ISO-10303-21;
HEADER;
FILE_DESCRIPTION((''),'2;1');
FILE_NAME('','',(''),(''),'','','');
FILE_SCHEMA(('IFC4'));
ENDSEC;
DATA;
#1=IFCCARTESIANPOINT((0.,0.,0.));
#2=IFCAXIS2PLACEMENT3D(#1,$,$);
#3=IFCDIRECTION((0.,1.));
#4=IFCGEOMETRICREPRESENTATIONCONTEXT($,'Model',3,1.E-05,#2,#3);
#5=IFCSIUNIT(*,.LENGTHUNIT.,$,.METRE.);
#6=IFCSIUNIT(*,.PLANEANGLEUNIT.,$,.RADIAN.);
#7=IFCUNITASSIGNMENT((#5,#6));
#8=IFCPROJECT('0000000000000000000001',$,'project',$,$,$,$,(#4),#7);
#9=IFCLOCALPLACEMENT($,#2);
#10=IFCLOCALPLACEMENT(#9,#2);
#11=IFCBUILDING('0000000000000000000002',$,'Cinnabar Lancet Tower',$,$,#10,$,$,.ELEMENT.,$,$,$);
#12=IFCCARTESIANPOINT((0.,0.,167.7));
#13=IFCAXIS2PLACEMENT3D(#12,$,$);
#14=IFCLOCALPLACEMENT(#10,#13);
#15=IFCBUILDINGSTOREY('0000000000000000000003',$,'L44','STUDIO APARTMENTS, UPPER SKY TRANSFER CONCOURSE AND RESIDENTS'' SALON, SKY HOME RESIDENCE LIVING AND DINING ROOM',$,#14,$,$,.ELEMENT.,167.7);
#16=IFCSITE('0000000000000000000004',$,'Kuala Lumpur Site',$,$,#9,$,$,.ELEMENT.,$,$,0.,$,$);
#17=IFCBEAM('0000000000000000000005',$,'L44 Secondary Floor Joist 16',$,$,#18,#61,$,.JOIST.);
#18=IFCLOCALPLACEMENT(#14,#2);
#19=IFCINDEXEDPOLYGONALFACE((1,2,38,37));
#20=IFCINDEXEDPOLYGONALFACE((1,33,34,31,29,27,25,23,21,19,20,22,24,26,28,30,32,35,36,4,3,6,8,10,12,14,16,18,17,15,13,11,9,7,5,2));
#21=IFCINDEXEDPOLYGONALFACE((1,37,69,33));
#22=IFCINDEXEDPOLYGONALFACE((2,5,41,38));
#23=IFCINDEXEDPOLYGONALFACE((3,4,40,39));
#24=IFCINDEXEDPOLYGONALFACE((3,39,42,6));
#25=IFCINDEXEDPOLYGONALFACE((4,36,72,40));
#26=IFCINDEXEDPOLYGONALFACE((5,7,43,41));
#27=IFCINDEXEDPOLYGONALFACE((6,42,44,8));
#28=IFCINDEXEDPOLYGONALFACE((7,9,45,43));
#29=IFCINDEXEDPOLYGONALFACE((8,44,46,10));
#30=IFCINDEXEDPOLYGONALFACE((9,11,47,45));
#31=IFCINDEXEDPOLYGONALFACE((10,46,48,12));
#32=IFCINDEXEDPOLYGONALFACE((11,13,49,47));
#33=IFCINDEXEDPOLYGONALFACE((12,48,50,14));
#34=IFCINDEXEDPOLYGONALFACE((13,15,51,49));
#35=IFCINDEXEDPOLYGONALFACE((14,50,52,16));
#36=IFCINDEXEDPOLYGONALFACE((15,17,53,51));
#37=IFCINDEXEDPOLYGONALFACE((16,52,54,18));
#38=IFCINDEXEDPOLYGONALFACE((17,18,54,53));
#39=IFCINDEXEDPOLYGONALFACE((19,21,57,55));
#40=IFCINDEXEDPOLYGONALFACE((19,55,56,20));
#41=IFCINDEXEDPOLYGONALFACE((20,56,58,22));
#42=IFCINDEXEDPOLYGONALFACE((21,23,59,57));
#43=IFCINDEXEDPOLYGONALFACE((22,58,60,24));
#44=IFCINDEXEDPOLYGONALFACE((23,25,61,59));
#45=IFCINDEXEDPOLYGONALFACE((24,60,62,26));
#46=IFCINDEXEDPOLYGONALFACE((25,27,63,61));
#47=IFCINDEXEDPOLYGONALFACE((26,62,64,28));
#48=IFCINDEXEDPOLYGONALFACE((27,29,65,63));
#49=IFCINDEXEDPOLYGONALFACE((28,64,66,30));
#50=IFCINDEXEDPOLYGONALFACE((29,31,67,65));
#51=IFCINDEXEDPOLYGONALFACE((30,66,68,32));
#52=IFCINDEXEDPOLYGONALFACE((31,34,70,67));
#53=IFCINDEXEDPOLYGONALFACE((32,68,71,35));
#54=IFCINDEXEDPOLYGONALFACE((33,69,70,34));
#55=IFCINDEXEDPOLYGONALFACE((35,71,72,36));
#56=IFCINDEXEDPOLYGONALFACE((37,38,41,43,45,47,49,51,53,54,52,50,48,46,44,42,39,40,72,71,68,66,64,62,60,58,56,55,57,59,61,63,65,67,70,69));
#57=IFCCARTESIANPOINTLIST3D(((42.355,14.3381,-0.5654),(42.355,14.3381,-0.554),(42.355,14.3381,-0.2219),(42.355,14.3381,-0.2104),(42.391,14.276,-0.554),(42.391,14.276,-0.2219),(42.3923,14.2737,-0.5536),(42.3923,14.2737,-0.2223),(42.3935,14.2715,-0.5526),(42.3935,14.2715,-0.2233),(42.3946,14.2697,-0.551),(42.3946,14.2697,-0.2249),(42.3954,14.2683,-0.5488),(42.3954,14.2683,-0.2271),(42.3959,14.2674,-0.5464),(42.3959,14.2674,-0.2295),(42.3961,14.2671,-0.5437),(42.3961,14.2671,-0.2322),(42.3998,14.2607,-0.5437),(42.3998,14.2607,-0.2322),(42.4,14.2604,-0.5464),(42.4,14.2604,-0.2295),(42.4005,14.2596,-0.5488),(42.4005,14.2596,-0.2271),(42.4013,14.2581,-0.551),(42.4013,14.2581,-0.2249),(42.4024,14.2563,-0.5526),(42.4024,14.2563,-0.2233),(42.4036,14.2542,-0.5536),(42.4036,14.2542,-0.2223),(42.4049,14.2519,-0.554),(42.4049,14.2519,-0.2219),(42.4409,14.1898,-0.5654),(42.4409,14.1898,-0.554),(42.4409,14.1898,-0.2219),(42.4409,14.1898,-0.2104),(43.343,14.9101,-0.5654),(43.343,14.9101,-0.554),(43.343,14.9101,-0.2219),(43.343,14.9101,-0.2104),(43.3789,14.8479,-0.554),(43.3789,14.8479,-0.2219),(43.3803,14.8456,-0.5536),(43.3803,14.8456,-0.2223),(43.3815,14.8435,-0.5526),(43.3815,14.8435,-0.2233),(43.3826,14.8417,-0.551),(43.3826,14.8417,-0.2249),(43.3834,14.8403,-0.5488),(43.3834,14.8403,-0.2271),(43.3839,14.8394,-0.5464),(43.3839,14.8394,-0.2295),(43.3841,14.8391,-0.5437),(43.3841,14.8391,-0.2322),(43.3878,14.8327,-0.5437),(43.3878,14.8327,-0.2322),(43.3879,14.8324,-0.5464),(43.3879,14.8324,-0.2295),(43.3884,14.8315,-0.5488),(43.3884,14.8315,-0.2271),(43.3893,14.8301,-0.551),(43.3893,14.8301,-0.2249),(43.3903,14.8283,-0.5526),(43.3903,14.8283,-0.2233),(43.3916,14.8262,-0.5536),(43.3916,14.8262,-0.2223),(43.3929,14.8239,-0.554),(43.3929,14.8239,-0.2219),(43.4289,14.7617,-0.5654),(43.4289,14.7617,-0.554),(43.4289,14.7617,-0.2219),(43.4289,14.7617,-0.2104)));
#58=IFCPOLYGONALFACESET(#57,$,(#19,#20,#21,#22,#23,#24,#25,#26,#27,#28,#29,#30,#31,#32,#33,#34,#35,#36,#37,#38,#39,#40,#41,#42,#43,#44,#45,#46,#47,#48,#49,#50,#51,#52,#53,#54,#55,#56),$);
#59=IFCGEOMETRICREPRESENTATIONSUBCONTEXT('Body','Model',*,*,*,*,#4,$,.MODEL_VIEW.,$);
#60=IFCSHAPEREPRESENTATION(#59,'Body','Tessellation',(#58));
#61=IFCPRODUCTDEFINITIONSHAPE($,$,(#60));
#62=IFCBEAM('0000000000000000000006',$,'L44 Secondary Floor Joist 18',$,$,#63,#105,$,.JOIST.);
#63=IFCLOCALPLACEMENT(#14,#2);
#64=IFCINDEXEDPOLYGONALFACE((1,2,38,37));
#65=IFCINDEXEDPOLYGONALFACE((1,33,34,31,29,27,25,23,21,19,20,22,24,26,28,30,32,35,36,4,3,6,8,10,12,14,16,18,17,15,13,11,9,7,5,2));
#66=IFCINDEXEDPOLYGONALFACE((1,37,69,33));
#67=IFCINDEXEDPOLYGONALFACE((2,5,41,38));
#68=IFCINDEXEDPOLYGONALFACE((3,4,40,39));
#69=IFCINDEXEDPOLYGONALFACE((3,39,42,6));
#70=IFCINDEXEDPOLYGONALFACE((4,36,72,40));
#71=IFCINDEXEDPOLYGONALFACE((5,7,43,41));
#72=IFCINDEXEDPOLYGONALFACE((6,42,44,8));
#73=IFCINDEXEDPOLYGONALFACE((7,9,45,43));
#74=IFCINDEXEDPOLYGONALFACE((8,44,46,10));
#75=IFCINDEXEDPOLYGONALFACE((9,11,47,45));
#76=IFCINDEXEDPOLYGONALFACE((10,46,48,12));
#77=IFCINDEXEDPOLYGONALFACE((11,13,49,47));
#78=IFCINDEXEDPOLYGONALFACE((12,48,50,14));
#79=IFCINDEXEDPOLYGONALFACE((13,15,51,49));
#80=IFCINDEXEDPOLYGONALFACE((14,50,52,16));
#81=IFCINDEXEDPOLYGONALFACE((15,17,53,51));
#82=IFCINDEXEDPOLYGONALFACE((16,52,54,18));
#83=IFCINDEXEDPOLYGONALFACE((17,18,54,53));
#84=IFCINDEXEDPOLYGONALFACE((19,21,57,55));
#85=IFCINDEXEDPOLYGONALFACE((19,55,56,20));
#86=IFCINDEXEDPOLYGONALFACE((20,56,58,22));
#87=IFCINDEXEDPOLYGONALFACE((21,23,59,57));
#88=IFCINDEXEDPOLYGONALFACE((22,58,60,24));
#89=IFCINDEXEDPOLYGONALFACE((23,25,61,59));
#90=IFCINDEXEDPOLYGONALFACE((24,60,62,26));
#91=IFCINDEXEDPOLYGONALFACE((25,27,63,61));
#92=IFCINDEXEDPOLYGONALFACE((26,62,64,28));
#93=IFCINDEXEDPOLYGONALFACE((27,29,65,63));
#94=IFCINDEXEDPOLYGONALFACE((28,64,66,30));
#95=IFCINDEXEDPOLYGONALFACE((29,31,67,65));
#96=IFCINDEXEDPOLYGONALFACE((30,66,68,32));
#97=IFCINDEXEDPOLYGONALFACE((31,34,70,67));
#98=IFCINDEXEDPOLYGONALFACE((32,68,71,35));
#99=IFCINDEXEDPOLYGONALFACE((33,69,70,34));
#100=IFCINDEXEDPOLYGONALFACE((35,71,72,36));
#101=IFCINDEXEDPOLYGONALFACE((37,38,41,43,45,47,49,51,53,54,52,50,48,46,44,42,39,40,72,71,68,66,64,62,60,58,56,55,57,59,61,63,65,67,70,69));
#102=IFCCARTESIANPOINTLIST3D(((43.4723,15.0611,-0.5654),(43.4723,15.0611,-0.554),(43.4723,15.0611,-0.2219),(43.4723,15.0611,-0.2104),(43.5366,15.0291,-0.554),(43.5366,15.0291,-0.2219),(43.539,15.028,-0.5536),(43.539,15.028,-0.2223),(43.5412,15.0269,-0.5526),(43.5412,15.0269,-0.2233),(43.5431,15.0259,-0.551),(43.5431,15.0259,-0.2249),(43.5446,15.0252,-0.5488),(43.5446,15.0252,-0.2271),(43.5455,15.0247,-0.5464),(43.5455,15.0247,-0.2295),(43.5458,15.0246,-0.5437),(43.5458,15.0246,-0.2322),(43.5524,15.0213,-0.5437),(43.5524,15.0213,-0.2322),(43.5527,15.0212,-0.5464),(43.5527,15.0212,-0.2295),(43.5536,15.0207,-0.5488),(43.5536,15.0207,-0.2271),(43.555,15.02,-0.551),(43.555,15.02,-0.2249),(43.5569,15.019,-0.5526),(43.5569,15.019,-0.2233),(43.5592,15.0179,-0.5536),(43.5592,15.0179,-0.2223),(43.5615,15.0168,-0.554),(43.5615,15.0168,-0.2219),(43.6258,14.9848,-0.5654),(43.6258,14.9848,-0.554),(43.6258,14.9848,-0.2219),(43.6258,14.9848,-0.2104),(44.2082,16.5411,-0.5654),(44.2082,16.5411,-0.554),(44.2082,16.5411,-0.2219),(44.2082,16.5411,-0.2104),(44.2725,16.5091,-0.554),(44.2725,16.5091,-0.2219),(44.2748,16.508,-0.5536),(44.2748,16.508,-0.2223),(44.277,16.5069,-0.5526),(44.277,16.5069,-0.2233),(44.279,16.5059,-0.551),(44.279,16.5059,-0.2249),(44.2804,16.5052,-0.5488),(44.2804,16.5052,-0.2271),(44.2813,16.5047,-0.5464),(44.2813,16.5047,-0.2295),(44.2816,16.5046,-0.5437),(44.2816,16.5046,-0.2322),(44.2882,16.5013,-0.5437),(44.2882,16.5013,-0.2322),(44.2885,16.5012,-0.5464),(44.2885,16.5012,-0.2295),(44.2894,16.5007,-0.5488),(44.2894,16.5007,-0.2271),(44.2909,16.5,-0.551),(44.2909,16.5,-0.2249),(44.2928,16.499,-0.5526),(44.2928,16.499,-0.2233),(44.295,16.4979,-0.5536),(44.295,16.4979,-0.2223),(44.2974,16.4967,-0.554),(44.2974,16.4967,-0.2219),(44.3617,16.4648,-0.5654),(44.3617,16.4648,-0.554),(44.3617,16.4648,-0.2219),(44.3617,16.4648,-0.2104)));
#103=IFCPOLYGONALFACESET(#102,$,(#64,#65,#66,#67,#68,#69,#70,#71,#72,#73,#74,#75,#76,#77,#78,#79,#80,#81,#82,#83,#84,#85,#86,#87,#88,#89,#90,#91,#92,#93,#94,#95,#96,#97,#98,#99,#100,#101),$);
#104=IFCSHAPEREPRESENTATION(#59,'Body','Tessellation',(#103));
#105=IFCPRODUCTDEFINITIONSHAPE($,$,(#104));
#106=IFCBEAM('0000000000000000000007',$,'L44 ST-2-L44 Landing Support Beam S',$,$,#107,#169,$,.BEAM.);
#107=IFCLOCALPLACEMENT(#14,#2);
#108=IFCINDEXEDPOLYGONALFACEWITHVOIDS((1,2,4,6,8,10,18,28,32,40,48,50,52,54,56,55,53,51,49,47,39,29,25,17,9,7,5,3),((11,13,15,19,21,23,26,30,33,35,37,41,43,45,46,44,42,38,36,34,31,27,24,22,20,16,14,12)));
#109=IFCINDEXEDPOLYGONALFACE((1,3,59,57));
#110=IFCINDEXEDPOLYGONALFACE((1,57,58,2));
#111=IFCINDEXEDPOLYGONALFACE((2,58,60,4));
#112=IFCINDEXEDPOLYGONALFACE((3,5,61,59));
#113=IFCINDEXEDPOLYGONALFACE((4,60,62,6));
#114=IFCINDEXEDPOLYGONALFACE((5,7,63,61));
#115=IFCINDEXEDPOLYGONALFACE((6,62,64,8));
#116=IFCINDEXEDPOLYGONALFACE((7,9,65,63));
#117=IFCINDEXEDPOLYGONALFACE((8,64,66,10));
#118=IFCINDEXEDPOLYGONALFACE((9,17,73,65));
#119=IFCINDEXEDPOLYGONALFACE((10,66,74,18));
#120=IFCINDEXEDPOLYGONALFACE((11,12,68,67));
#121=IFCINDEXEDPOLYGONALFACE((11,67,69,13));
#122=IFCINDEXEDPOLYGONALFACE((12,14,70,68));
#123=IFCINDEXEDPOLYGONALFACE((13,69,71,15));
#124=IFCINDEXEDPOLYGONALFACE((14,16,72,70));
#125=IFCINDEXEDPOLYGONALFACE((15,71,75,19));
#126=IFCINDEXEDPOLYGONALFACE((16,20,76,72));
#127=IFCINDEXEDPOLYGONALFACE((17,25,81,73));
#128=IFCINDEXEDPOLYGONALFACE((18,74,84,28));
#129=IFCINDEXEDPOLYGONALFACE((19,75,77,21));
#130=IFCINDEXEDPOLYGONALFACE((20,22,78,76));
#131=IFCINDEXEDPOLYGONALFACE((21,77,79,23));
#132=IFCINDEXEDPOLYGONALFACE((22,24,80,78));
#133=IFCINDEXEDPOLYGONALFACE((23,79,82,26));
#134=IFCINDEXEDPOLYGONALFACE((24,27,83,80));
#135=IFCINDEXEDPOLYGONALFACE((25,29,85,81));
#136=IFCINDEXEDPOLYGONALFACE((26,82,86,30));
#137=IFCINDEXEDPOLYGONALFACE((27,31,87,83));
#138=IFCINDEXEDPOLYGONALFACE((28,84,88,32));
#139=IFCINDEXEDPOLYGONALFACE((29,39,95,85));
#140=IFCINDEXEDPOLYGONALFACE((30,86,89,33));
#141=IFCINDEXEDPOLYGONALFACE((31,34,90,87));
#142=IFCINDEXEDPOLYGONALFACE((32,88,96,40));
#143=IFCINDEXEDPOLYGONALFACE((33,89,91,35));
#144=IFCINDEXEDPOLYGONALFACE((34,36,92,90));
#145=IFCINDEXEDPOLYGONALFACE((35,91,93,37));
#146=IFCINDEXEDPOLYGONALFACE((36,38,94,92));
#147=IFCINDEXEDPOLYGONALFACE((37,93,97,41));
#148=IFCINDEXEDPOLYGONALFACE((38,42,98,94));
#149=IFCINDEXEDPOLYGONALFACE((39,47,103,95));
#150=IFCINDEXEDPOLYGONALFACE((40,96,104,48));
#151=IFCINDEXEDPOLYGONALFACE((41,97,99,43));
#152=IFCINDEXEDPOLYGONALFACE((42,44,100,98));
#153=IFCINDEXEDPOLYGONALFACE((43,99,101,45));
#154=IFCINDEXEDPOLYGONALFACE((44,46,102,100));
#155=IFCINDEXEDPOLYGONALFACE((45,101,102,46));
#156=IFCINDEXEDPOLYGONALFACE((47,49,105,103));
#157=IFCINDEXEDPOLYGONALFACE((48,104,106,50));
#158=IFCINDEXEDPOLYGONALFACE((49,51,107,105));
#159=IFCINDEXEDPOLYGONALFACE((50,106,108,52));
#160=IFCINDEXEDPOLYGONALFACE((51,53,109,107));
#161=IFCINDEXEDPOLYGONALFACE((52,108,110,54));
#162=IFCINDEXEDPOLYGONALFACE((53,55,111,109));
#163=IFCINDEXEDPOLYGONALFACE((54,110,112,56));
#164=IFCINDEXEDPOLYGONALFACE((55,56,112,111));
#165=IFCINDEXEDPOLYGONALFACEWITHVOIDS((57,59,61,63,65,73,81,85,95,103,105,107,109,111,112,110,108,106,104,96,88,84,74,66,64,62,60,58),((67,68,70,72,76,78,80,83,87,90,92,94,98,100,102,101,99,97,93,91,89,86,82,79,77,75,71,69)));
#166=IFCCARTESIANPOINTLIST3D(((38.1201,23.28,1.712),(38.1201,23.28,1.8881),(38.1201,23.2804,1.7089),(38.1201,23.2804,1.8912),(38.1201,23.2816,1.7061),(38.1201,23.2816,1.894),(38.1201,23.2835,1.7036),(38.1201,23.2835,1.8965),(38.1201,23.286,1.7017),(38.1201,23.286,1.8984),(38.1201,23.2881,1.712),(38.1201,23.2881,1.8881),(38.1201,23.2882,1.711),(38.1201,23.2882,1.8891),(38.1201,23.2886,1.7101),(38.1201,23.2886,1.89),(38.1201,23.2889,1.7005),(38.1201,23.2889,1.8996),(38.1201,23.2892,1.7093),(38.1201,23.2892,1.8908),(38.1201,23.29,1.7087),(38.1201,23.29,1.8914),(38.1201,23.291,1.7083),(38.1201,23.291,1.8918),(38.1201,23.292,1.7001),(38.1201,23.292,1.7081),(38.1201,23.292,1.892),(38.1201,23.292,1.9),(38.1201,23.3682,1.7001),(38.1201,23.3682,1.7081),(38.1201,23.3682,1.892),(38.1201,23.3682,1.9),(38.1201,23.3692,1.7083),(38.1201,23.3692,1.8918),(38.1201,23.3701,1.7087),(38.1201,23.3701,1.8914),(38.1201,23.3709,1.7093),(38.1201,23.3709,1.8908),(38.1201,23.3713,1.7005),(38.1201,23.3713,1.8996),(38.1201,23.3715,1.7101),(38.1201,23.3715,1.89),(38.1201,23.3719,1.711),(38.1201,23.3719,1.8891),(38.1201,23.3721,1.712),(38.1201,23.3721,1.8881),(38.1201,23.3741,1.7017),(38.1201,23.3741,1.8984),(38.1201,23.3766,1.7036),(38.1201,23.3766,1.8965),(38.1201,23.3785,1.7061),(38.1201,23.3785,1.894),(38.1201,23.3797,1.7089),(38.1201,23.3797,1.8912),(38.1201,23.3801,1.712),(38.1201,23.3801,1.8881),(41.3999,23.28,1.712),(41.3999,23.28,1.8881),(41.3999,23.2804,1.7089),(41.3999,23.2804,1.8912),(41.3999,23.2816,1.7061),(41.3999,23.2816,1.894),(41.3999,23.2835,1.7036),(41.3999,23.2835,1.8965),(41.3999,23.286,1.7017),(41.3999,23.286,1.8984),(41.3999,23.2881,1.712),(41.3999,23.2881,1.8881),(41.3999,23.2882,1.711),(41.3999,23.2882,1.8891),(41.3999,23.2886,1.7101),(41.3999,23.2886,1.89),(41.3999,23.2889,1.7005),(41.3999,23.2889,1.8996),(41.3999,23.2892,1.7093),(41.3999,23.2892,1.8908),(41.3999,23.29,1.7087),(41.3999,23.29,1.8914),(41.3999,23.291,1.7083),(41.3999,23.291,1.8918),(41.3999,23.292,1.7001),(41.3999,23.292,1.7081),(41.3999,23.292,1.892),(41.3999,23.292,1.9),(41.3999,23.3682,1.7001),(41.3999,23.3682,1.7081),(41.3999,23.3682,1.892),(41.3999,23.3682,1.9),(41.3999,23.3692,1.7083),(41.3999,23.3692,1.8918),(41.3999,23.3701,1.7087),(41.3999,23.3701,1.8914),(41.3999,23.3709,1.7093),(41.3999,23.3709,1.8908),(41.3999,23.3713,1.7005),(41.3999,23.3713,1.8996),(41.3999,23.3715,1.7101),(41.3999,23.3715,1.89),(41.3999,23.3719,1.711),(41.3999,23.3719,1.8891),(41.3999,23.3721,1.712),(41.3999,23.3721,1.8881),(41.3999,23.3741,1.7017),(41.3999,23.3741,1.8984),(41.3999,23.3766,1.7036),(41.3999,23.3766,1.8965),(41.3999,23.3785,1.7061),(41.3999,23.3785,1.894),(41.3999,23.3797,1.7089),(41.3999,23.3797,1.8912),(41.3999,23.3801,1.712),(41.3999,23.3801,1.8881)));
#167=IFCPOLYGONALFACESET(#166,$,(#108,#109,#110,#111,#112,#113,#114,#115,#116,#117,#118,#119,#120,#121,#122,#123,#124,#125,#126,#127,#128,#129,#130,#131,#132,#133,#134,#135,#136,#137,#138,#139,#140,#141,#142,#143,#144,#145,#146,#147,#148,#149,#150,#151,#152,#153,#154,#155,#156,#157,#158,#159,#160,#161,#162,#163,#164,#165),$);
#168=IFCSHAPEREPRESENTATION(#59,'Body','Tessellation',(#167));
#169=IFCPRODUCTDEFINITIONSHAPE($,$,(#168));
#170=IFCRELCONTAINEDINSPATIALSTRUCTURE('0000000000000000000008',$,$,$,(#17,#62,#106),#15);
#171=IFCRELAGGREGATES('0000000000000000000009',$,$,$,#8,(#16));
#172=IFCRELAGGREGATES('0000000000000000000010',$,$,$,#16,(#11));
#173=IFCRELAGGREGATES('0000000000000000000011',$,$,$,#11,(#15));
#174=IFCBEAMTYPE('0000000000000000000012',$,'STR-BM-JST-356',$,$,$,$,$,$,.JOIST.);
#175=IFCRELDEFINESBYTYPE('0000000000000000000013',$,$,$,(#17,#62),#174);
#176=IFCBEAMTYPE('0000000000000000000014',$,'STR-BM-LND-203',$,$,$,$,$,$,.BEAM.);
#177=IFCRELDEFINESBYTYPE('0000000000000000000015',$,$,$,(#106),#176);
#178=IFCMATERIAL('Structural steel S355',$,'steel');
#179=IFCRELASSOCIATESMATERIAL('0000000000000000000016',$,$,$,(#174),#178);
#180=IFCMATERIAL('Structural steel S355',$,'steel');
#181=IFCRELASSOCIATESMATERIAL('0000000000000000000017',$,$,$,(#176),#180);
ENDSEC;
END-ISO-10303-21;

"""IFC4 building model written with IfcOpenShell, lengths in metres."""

from ifc_helpers import new_model, si_unit, direction, frame, origin, origin_2d, place, context, subcontext, project, spatial, hollow_rectangle, i_section, extrude, material, material_profile, profile_set, type_object, element, save


model = new_model("IFC4")

# Units and contexts
model_context = context("Model", 3, precision=1e-05, world=origin(), true_north=direction((0.0, 1.0)))
body_context = subcontext(model_context, "Body", "Model", "MODEL_VIEW")
ifc_project = project(units=[si_unit("LENGTHUNIT", "METRE"), si_unit("PLANEANGLEUNIT", "RADIAN")], contexts=[model_context])

# Site, building, storey
site_placement = place(None, origin())
site = spatial("IfcSite", under=ifc_project, at=site_placement, Name="Kuala Lumpur Site", CompositionType="ELEMENT", RefElevation=0.0)
building_placement = place(site_placement, origin())
building = spatial("IfcBuilding", under=site, at=building_placement, Name="Cinnabar Lancet Tower", CompositionType="ELEMENT")
storey_placement = place(building_placement, frame((0.0, 0.0, 167.7)))
storey = spatial("IfcBuildingStorey", under=building, at=storey_placement, Name="L44", Description="STUDIO APARTMENTS, UPPER SKY TRANSFER CONCOURSE AND RESIDENTS' SALON, SKY HOME RESIDENCE LIVING AND DINING ROOM", CompositionType="ELEMENT", Elevation=167.7)

# Beams
ifc_material_1 = material(Name="Structural steel S355", Category="steel")
ifc_material_profile_1 = material_profile(ifc_material_1, i_section(OverallWidth=0.1714, OverallDepth=0.355, WebThickness=0.0073, FlangeThickness=0.0115, FilletRadius=0.0103, at=origin_2d()), Name="UKB 356x171x51")
ifc_profile_set_1 = profile_set([ifc_material_profile_1], Name="Structural steel S355")
beam_type_1 = type_object("IfcBeamType", Name="STR-BM-JST-356", PredefinedType="JOIST", material=ifc_profile_set_1)
beam_1_placement = place(storey_placement, frame((42.3979, 14.2639, -0.3879), z_axis=(0.865426, 0.501036, 0.0), x_axis=(-0.501036, 0.865426, 0.0)))
element("IfcBeam", 1, at=beam_1_placement, inside=storey, type_object=beam_type_1, Name="L44 Secondary Floor Joist 16", PredefinedType="JOIST", context=body_context, shape_type="SweptSolid", body=[
    extrude(i_section(OverallWidth=0.1714, OverallDepth=0.355, WebThickness=0.0073, FlangeThickness=0.0115, FilletRadius=0.0103, at=origin_2d()), origin(), (0.0, 0.0, 1.0), 1.1416),
])
beam_2_placement = place(storey_placement, frame((43.5491, 15.0229, -0.3879), z_axis=(0.445204, 0.895429, 0.0), x_axis=(-0.895429, 0.445204, 0.0)))
element("IfcBeam", 2, at=beam_2_placement, inside=storey, type_object=beam_type_1, Name="L44 Secondary Floor Joist 18", PredefinedType="JOIST", context=body_context, shape_type="SweptSolid", body=[
    extrude(i_section(OverallWidth=0.1714, OverallDepth=0.355, WebThickness=0.0073, FlangeThickness=0.0115, FilletRadius=0.0103, at=origin_2d()), origin(), (0.0, 0.0, 1.0), 1.6528),
])
ifc_material_2 = material(Name="Structural steel S355", Category="steel")
ifc_material_profile_2 = material_profile(ifc_material_2, hollow_rectangle(XDim=0.1001, YDim=0.2, WallThickness=0.0081, InnerFilletRadius=0.0039, OuterFilletRadius=0.012, at=origin_2d()), Name="RHS 200x100x8")
ifc_profile_set_2 = profile_set([ifc_material_profile_2], Name="Structural steel S355")
beam_type_2 = type_object("IfcBeamType", Name="STR-BM-LND-203", PredefinedType="BEAM", material=ifc_profile_set_2)
for number, where, z_axis, x_axis, name in (
    (3, (38.1201, 23.3301, 1.8), (1.0, 0.0, 0.0), (0.0, 1.0, 0.0), "L44 ST-2-L44 Landing Support Beam S"),
):
    element("IfcBeam", number, at=place(storey_placement, frame(where, z_axis=z_axis, x_axis=x_axis)), inside=storey, type_object=beam_type_2, Name=name, PredefinedType="BEAM", context=body_context, shape_type="SweptSolid", body=[
        extrude(hollow_rectangle(XDim=0.1001, YDim=0.2, WallThickness=0.0081, InnerFilletRadius=0.0039, OuterFilletRadius=0.012, at=origin_2d()), origin(), (0.0, 0.0, 1.0), 3.2798),
    ])

save(model, "model.ifc")
